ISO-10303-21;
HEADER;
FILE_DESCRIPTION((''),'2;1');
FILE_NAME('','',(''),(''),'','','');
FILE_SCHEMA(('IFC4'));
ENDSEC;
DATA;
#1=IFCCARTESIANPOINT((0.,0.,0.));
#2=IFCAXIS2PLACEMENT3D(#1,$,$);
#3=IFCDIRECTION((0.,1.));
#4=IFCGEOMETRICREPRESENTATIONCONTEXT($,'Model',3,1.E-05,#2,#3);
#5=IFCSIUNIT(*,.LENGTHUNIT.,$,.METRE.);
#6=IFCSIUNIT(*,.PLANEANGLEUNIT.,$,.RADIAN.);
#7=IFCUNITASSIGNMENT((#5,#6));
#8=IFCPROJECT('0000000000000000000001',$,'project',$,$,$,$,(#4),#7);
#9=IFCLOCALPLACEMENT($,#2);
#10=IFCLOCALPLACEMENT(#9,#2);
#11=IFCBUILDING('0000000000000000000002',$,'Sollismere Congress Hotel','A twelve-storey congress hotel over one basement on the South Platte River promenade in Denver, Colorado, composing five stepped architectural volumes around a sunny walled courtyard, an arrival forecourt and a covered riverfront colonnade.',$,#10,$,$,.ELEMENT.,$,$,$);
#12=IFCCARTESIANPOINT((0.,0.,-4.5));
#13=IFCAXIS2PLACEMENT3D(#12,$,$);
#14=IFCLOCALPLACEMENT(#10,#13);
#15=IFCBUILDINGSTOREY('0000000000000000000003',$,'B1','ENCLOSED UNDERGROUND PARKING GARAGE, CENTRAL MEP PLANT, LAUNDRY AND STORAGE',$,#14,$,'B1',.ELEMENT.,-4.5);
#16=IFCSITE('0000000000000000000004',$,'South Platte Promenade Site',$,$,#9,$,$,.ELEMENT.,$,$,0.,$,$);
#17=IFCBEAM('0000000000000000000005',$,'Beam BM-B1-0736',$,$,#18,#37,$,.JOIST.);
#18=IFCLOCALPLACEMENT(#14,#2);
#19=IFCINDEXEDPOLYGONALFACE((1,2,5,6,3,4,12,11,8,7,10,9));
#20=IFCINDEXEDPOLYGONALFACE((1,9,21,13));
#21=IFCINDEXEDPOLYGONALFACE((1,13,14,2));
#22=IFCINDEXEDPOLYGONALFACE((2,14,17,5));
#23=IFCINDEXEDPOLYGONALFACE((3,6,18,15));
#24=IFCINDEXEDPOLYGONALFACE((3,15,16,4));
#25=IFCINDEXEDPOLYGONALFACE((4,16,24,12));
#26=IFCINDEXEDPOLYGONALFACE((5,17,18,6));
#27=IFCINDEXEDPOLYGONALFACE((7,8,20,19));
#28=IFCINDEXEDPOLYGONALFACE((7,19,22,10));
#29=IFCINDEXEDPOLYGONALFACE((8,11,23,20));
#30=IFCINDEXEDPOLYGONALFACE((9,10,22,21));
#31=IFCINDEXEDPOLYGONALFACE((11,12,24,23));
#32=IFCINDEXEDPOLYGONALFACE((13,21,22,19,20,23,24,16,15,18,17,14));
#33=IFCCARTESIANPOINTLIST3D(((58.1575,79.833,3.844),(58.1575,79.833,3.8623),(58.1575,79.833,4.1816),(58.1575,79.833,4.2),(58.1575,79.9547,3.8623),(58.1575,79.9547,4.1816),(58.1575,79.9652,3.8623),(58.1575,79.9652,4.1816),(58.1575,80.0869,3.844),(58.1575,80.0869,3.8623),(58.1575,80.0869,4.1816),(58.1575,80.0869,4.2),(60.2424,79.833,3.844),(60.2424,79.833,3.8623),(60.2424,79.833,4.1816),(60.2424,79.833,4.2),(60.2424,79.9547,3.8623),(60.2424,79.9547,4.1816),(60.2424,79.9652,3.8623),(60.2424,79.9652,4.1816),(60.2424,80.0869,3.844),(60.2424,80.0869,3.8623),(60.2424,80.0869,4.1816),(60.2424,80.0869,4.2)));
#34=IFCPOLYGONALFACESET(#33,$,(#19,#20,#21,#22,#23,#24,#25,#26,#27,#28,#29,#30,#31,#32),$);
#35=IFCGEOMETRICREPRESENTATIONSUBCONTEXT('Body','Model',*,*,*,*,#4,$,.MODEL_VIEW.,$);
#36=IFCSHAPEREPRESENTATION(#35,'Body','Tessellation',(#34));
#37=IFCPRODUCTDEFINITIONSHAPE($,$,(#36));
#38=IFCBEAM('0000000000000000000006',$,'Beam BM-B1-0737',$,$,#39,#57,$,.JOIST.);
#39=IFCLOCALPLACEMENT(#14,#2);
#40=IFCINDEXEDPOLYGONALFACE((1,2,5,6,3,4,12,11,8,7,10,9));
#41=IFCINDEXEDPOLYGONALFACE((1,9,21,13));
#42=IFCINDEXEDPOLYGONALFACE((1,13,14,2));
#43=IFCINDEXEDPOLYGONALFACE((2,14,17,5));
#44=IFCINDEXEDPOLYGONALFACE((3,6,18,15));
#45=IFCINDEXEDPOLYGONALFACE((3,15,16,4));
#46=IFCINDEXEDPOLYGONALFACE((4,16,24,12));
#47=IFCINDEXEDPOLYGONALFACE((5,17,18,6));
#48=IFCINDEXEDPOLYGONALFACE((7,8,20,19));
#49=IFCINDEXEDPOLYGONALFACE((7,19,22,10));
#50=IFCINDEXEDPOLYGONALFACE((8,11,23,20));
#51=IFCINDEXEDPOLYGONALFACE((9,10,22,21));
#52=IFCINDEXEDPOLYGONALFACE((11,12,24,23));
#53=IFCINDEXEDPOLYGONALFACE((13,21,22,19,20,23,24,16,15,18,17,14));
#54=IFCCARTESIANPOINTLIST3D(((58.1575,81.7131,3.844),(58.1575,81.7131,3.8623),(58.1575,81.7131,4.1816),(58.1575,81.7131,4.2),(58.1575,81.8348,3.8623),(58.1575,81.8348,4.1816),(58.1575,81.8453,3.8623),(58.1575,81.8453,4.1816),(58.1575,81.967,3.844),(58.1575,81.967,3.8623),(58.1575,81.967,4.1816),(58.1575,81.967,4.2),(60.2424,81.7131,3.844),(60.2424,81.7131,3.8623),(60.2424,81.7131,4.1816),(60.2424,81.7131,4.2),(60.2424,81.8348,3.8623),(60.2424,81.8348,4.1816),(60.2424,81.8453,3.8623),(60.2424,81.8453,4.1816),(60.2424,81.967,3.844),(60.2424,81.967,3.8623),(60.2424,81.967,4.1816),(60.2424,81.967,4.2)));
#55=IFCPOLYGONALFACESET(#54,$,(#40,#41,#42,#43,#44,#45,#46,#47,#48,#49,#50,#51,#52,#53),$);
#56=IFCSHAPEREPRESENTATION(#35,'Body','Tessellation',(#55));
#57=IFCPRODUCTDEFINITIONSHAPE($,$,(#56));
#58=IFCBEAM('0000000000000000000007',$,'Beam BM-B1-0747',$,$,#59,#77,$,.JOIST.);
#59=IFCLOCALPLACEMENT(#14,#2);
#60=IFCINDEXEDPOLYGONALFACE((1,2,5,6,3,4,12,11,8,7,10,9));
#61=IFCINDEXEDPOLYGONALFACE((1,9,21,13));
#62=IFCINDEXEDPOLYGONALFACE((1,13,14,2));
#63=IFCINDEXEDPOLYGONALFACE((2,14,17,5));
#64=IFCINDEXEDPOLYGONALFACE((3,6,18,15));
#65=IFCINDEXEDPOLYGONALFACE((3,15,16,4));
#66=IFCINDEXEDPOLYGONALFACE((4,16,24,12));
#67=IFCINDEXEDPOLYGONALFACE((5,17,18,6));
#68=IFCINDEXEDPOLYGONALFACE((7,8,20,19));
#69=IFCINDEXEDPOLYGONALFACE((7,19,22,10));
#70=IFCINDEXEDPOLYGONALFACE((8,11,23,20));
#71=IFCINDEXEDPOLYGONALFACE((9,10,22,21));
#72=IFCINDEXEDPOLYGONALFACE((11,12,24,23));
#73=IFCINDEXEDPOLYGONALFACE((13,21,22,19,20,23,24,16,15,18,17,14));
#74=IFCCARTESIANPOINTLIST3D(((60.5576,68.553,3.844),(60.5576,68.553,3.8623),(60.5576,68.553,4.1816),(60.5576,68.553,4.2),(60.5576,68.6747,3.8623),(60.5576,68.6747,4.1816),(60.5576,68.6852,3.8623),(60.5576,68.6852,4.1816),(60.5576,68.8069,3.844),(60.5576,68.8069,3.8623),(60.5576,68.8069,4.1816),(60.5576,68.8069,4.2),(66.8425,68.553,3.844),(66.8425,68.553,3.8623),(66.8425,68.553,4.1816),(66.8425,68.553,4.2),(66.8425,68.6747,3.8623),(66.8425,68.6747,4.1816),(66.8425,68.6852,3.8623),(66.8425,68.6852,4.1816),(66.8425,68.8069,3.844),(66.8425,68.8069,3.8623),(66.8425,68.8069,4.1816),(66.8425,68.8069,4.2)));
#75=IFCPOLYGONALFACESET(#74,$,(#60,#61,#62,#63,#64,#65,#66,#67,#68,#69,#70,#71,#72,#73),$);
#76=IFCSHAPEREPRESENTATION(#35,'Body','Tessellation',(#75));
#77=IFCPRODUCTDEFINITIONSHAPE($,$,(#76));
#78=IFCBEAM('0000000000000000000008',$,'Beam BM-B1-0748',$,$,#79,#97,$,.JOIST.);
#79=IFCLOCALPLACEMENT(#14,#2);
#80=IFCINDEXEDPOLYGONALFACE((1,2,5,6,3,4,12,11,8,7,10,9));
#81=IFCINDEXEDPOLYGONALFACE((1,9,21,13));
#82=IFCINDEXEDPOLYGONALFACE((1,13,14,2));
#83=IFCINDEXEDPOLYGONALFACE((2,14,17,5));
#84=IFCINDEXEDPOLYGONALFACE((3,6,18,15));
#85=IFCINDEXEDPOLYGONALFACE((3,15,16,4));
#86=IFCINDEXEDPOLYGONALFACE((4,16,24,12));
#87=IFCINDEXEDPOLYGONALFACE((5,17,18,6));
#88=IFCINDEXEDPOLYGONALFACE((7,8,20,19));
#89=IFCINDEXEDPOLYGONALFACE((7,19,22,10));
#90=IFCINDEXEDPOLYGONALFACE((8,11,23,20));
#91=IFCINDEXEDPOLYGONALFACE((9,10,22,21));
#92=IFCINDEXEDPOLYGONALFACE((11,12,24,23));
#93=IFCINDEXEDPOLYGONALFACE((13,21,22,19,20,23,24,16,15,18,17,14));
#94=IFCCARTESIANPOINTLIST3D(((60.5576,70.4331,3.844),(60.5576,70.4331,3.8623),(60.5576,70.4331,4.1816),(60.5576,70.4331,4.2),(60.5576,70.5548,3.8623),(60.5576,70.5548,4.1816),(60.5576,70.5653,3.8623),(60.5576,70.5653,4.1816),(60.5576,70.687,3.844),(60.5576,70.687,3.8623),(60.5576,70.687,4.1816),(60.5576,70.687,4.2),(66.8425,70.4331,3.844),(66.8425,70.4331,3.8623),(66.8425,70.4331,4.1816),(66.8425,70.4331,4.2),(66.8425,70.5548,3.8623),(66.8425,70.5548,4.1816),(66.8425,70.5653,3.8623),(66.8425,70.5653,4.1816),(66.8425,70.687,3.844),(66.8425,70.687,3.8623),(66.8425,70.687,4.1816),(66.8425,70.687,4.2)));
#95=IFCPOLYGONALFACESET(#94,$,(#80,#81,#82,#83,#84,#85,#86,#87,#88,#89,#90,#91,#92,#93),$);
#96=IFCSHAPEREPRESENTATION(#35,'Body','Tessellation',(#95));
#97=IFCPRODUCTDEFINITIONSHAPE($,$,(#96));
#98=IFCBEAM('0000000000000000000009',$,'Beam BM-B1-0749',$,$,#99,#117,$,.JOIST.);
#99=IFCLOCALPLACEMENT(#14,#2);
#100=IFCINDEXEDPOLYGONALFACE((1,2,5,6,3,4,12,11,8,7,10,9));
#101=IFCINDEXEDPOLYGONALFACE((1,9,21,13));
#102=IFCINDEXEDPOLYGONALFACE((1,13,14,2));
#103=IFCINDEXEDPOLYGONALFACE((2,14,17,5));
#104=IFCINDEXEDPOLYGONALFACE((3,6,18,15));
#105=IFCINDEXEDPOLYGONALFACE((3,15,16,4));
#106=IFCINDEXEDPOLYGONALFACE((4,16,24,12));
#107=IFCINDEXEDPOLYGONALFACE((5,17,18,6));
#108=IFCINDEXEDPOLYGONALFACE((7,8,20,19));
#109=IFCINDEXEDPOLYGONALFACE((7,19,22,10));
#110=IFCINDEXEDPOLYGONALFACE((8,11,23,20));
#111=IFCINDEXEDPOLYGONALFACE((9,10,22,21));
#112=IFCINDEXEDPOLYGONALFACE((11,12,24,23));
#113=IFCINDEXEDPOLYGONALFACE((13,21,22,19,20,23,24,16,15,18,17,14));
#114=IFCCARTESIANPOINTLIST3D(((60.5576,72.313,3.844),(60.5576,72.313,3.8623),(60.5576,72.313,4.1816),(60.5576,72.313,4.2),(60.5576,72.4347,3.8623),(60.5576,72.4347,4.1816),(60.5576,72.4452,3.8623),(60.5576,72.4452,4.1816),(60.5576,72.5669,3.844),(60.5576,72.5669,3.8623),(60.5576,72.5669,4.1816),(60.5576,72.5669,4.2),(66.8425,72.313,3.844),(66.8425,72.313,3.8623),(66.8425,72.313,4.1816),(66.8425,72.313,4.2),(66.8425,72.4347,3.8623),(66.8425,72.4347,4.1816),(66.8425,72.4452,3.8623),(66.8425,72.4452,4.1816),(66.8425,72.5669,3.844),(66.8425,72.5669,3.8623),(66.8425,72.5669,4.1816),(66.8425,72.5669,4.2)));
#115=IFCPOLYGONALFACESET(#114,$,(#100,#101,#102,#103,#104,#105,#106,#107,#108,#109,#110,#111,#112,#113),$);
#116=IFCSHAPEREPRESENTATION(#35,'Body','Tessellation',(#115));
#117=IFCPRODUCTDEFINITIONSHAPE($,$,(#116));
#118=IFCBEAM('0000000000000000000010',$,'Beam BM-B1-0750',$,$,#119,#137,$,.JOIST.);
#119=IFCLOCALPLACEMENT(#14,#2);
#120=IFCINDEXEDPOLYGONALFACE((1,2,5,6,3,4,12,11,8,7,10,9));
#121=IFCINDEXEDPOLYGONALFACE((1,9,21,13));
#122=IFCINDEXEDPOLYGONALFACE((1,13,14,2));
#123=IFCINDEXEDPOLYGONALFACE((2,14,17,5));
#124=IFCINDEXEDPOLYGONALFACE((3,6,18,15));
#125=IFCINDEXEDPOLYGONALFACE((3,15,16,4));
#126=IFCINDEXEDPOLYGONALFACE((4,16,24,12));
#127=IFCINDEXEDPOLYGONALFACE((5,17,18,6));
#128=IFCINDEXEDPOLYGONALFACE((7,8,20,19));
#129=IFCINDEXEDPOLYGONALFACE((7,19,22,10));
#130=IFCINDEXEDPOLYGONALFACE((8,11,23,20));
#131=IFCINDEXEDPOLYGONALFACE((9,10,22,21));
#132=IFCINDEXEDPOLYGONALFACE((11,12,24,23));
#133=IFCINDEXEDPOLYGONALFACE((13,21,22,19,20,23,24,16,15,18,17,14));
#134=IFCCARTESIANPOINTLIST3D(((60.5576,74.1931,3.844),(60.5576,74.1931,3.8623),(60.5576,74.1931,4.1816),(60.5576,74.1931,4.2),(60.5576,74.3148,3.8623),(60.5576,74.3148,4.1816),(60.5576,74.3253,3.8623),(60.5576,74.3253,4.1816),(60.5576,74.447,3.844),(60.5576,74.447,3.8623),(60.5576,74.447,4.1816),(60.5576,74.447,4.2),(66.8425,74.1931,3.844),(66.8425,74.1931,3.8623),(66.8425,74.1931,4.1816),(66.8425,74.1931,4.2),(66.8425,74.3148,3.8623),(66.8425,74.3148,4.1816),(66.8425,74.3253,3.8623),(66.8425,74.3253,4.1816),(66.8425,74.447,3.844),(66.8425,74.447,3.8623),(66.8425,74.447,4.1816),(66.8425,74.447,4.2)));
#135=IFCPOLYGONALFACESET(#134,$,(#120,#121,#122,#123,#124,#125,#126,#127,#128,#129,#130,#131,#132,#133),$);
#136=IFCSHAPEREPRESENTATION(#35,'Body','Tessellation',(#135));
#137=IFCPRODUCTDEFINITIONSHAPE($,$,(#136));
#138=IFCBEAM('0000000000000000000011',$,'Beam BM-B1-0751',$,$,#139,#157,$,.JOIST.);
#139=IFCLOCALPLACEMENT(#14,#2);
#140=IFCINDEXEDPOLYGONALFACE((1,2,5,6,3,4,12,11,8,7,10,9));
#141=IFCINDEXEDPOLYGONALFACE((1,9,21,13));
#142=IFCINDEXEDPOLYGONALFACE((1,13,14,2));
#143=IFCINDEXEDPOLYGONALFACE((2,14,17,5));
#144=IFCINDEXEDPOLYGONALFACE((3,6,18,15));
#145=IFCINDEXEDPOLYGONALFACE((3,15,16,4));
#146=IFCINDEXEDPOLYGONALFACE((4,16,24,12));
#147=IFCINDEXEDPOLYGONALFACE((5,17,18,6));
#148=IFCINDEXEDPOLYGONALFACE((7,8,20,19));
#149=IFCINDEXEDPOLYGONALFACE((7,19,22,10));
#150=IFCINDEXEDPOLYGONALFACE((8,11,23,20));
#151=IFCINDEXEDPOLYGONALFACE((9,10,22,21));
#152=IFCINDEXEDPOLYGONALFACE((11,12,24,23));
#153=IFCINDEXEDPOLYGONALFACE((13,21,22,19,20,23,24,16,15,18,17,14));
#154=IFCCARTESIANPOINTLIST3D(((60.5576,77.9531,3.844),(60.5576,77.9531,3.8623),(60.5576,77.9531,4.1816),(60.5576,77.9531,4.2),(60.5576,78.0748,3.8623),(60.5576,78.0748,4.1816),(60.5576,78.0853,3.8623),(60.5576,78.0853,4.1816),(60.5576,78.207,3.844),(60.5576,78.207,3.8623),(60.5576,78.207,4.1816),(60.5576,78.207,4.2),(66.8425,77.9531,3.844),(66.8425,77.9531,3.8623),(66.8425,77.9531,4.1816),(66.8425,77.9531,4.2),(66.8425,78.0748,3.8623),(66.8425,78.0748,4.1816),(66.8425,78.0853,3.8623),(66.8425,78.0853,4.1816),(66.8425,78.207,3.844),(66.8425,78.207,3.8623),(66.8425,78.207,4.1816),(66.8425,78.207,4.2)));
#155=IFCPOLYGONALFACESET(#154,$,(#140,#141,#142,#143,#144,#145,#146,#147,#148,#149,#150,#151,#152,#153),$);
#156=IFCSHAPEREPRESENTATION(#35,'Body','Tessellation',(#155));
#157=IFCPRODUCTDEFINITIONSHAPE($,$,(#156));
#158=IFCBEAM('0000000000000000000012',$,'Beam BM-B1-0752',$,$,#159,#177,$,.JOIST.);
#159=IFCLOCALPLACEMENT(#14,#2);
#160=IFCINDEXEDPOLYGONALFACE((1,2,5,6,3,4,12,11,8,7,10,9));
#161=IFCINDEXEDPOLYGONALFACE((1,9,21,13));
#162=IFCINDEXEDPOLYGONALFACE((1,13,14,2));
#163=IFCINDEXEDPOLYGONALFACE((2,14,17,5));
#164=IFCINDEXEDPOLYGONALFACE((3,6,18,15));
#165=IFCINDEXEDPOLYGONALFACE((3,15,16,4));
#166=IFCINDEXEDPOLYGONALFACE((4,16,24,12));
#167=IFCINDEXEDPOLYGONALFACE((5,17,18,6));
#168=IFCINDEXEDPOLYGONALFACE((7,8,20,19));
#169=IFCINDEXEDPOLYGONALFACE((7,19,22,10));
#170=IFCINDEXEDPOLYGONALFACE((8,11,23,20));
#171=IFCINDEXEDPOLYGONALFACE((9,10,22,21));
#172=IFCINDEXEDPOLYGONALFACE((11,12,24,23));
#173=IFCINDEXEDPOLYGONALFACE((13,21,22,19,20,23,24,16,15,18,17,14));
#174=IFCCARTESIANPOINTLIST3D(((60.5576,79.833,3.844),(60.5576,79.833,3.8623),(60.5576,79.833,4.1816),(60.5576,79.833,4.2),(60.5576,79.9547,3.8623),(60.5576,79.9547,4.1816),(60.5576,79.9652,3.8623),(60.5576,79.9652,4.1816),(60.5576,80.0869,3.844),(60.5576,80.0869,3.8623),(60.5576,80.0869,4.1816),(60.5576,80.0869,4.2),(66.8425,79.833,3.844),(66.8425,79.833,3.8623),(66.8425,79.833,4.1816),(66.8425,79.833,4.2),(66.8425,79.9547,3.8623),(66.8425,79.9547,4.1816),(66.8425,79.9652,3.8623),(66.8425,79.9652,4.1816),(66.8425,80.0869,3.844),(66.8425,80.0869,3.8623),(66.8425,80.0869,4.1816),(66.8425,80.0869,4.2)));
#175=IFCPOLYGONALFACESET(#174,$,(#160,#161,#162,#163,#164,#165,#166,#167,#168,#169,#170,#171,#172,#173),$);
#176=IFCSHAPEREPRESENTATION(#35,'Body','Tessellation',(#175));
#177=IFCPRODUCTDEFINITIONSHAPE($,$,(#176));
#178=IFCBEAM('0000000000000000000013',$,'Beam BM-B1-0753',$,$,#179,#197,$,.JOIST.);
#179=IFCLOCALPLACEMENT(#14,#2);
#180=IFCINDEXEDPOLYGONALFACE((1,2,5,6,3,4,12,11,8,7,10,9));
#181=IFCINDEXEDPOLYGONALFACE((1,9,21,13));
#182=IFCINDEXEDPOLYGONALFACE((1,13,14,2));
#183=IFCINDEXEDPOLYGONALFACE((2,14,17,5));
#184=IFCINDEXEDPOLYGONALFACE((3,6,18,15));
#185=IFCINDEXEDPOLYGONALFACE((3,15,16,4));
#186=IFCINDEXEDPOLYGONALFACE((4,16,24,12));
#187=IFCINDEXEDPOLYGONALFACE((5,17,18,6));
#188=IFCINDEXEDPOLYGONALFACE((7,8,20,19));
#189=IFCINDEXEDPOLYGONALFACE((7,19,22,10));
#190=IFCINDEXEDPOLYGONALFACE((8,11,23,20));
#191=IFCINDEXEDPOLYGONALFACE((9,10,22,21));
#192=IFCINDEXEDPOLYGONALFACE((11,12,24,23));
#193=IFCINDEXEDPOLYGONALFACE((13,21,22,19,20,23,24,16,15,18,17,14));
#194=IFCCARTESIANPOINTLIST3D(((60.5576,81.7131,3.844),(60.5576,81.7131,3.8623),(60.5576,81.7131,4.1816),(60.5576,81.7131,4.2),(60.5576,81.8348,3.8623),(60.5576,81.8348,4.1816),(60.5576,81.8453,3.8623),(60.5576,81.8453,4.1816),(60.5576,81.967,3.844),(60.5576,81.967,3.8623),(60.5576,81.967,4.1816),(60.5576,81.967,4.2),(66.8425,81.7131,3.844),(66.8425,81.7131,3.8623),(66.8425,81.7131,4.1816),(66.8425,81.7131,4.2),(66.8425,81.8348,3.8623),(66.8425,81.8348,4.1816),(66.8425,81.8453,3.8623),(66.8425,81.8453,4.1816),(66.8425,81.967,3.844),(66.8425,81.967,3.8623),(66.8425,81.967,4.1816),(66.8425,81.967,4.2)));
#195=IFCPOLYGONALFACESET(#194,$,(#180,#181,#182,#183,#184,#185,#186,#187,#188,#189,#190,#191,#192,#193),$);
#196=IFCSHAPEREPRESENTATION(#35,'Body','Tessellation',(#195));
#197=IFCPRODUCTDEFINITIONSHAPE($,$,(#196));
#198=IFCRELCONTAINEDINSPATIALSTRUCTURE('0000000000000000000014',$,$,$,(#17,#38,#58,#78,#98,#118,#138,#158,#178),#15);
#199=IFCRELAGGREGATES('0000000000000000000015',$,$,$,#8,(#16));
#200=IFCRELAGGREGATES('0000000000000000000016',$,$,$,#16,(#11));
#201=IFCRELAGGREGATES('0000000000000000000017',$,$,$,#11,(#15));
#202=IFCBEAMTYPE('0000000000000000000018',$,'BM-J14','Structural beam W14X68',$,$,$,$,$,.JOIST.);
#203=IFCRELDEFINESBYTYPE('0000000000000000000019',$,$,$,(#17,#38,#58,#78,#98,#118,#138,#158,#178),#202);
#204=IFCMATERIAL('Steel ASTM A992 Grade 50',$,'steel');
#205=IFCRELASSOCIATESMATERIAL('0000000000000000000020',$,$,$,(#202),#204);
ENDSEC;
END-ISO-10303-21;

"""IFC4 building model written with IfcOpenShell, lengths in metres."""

from ifc_helpers import new_model, si_unit, direction, frame, origin, origin_2d, place, context, subcontext, project, spatial, i_section, extrude, material, material_profile, profile_set, type_object, element, save


model = new_model("IFC4")

# Units and contexts
model_context = context("Model", 3, precision=1e-05, world=origin(), true_north=direction((0.0, 1.0)))
body_context = subcontext(model_context, "Body", "Model", "MODEL_VIEW")
ifc_project = project(units=[si_unit("LENGTHUNIT", "METRE"), si_unit("PLANEANGLEUNIT", "RADIAN")], contexts=[model_context])

# Site, building, storey
site_placement = place(None, origin())
site = spatial("IfcSite", under=ifc_project, at=site_placement, Name="South Platte Promenade Site", CompositionType="ELEMENT", RefElevation=0.0)
building_placement = place(site_placement, origin())
building = spatial("IfcBuilding", under=site, at=building_placement, Name="Sollismere Congress Hotel", Description="A twelve-storey congress hotel over one basement on the South Platte River promenade in Denver, Colorado, composing five stepped architectural volumes around a sunny walled courtyard, an arrival forecourt and a covered riverfront colonnade.", CompositionType="ELEMENT")
storey_placement = place(building_placement, frame((0.0, 0.0, -4.5)))
storey = spatial("IfcBuildingStorey", under=building, at=storey_placement, Name="B1", Description="ENCLOSED UNDERGROUND PARKING GARAGE, CENTRAL MEP PLANT, LAUNDRY AND STORAGE", LongName="B1", CompositionType="ELEMENT", Elevation=-4.5)

# Beams
ifc_material_1 = material(Name="Steel ASTM A992 Grade 50", Category="steel")
ifc_material_profile_1 = material_profile(ifc_material_1, i_section(OverallWidth=0.2539, OverallDepth=0.356, WebThickness=0.0105, FlangeThickness=0.0183, at=origin_2d()), Name="W14X68")
ifc_profile_set_1 = profile_set([ifc_material_profile_1], Name="Steel ASTM A992 Grade 50")
beam_type_1 = type_object("IfcBeamType", Name="BM-J14", Description="Structural beam W14X68", PredefinedType="JOIST", material=ifc_profile_set_1)
for number, where, z_axis, x_axis, name in (
    (1, (58.1575, 79.96, 4.022), (1.0, 0.0, 0.0), (0.0, 1.0, 0.0), "Beam BM-B1-0736"),
    (2, (58.1575, 81.8401, 4.022), (1.0, 0.0, 0.0), (0.0, 1.0, 0.0), "Beam BM-B1-0737"),
):
    element("IfcBeam", number, at=place(storey_placement, frame(where, z_axis=z_axis, x_axis=x_axis)), inside=storey, type_object=beam_type_1, Name=name, PredefinedType="JOIST", context=body_context, shape_type="SweptSolid", body=[
        extrude(i_section(OverallWidth=0.2539, OverallDepth=0.356, WebThickness=0.0105, FlangeThickness=0.0183, at=origin_2d()), origin(), (0.0, 0.0, 1.0), 2.085),
    ])
for number, where, z_axis, x_axis, name in (
    (3, (60.5576, 68.6799, 4.022), (1.0, 0.0, 0.0), (0.0, 1.0, 0.0), "Beam BM-B1-0747"),
    (4, (60.5576, 70.5601, 4.022), (1.0, 0.0, 0.0), (0.0, 1.0, 0.0), "Beam BM-B1-0748"),
    (5, (60.5576, 72.4399, 4.022), (1.0, 0.0, 0.0), (0.0, 1.0, 0.0), "Beam BM-B1-0749"),
    (6, (60.5576, 74.3201, 4.022), (1.0, 0.0, 0.0), (0.0, 1.0, 0.0), "Beam BM-B1-0750"),
    (7, (60.5576, 78.0801, 4.022), (1.0, 0.0, 0.0), (0.0, 1.0, 0.0), "Beam BM-B1-0751"),
    (8, (60.5576, 79.96, 4.022), (1.0, 0.0, 0.0), (0.0, 1.0, 0.0), "Beam BM-B1-0752"),
    (9, (60.5576, 81.8401, 4.022), (1.0, 0.0, 0.0), (0.0, 1.0, 0.0), "Beam BM-B1-0753"),
):
    element("IfcBeam", number, at=place(storey_placement, frame(where, z_axis=z_axis, x_axis=x_axis)), inside=storey, type_object=beam_type_1, Name=name, PredefinedType="JOIST", context=body_context, shape_type="SweptSolid", body=[
        extrude(i_section(OverallWidth=0.2539, OverallDepth=0.356, WebThickness=0.0105, FlangeThickness=0.0183, at=origin_2d()), origin(), (0.0, 0.0, 1.0), 6.2849),
    ])

save(model, "model.ifc")
